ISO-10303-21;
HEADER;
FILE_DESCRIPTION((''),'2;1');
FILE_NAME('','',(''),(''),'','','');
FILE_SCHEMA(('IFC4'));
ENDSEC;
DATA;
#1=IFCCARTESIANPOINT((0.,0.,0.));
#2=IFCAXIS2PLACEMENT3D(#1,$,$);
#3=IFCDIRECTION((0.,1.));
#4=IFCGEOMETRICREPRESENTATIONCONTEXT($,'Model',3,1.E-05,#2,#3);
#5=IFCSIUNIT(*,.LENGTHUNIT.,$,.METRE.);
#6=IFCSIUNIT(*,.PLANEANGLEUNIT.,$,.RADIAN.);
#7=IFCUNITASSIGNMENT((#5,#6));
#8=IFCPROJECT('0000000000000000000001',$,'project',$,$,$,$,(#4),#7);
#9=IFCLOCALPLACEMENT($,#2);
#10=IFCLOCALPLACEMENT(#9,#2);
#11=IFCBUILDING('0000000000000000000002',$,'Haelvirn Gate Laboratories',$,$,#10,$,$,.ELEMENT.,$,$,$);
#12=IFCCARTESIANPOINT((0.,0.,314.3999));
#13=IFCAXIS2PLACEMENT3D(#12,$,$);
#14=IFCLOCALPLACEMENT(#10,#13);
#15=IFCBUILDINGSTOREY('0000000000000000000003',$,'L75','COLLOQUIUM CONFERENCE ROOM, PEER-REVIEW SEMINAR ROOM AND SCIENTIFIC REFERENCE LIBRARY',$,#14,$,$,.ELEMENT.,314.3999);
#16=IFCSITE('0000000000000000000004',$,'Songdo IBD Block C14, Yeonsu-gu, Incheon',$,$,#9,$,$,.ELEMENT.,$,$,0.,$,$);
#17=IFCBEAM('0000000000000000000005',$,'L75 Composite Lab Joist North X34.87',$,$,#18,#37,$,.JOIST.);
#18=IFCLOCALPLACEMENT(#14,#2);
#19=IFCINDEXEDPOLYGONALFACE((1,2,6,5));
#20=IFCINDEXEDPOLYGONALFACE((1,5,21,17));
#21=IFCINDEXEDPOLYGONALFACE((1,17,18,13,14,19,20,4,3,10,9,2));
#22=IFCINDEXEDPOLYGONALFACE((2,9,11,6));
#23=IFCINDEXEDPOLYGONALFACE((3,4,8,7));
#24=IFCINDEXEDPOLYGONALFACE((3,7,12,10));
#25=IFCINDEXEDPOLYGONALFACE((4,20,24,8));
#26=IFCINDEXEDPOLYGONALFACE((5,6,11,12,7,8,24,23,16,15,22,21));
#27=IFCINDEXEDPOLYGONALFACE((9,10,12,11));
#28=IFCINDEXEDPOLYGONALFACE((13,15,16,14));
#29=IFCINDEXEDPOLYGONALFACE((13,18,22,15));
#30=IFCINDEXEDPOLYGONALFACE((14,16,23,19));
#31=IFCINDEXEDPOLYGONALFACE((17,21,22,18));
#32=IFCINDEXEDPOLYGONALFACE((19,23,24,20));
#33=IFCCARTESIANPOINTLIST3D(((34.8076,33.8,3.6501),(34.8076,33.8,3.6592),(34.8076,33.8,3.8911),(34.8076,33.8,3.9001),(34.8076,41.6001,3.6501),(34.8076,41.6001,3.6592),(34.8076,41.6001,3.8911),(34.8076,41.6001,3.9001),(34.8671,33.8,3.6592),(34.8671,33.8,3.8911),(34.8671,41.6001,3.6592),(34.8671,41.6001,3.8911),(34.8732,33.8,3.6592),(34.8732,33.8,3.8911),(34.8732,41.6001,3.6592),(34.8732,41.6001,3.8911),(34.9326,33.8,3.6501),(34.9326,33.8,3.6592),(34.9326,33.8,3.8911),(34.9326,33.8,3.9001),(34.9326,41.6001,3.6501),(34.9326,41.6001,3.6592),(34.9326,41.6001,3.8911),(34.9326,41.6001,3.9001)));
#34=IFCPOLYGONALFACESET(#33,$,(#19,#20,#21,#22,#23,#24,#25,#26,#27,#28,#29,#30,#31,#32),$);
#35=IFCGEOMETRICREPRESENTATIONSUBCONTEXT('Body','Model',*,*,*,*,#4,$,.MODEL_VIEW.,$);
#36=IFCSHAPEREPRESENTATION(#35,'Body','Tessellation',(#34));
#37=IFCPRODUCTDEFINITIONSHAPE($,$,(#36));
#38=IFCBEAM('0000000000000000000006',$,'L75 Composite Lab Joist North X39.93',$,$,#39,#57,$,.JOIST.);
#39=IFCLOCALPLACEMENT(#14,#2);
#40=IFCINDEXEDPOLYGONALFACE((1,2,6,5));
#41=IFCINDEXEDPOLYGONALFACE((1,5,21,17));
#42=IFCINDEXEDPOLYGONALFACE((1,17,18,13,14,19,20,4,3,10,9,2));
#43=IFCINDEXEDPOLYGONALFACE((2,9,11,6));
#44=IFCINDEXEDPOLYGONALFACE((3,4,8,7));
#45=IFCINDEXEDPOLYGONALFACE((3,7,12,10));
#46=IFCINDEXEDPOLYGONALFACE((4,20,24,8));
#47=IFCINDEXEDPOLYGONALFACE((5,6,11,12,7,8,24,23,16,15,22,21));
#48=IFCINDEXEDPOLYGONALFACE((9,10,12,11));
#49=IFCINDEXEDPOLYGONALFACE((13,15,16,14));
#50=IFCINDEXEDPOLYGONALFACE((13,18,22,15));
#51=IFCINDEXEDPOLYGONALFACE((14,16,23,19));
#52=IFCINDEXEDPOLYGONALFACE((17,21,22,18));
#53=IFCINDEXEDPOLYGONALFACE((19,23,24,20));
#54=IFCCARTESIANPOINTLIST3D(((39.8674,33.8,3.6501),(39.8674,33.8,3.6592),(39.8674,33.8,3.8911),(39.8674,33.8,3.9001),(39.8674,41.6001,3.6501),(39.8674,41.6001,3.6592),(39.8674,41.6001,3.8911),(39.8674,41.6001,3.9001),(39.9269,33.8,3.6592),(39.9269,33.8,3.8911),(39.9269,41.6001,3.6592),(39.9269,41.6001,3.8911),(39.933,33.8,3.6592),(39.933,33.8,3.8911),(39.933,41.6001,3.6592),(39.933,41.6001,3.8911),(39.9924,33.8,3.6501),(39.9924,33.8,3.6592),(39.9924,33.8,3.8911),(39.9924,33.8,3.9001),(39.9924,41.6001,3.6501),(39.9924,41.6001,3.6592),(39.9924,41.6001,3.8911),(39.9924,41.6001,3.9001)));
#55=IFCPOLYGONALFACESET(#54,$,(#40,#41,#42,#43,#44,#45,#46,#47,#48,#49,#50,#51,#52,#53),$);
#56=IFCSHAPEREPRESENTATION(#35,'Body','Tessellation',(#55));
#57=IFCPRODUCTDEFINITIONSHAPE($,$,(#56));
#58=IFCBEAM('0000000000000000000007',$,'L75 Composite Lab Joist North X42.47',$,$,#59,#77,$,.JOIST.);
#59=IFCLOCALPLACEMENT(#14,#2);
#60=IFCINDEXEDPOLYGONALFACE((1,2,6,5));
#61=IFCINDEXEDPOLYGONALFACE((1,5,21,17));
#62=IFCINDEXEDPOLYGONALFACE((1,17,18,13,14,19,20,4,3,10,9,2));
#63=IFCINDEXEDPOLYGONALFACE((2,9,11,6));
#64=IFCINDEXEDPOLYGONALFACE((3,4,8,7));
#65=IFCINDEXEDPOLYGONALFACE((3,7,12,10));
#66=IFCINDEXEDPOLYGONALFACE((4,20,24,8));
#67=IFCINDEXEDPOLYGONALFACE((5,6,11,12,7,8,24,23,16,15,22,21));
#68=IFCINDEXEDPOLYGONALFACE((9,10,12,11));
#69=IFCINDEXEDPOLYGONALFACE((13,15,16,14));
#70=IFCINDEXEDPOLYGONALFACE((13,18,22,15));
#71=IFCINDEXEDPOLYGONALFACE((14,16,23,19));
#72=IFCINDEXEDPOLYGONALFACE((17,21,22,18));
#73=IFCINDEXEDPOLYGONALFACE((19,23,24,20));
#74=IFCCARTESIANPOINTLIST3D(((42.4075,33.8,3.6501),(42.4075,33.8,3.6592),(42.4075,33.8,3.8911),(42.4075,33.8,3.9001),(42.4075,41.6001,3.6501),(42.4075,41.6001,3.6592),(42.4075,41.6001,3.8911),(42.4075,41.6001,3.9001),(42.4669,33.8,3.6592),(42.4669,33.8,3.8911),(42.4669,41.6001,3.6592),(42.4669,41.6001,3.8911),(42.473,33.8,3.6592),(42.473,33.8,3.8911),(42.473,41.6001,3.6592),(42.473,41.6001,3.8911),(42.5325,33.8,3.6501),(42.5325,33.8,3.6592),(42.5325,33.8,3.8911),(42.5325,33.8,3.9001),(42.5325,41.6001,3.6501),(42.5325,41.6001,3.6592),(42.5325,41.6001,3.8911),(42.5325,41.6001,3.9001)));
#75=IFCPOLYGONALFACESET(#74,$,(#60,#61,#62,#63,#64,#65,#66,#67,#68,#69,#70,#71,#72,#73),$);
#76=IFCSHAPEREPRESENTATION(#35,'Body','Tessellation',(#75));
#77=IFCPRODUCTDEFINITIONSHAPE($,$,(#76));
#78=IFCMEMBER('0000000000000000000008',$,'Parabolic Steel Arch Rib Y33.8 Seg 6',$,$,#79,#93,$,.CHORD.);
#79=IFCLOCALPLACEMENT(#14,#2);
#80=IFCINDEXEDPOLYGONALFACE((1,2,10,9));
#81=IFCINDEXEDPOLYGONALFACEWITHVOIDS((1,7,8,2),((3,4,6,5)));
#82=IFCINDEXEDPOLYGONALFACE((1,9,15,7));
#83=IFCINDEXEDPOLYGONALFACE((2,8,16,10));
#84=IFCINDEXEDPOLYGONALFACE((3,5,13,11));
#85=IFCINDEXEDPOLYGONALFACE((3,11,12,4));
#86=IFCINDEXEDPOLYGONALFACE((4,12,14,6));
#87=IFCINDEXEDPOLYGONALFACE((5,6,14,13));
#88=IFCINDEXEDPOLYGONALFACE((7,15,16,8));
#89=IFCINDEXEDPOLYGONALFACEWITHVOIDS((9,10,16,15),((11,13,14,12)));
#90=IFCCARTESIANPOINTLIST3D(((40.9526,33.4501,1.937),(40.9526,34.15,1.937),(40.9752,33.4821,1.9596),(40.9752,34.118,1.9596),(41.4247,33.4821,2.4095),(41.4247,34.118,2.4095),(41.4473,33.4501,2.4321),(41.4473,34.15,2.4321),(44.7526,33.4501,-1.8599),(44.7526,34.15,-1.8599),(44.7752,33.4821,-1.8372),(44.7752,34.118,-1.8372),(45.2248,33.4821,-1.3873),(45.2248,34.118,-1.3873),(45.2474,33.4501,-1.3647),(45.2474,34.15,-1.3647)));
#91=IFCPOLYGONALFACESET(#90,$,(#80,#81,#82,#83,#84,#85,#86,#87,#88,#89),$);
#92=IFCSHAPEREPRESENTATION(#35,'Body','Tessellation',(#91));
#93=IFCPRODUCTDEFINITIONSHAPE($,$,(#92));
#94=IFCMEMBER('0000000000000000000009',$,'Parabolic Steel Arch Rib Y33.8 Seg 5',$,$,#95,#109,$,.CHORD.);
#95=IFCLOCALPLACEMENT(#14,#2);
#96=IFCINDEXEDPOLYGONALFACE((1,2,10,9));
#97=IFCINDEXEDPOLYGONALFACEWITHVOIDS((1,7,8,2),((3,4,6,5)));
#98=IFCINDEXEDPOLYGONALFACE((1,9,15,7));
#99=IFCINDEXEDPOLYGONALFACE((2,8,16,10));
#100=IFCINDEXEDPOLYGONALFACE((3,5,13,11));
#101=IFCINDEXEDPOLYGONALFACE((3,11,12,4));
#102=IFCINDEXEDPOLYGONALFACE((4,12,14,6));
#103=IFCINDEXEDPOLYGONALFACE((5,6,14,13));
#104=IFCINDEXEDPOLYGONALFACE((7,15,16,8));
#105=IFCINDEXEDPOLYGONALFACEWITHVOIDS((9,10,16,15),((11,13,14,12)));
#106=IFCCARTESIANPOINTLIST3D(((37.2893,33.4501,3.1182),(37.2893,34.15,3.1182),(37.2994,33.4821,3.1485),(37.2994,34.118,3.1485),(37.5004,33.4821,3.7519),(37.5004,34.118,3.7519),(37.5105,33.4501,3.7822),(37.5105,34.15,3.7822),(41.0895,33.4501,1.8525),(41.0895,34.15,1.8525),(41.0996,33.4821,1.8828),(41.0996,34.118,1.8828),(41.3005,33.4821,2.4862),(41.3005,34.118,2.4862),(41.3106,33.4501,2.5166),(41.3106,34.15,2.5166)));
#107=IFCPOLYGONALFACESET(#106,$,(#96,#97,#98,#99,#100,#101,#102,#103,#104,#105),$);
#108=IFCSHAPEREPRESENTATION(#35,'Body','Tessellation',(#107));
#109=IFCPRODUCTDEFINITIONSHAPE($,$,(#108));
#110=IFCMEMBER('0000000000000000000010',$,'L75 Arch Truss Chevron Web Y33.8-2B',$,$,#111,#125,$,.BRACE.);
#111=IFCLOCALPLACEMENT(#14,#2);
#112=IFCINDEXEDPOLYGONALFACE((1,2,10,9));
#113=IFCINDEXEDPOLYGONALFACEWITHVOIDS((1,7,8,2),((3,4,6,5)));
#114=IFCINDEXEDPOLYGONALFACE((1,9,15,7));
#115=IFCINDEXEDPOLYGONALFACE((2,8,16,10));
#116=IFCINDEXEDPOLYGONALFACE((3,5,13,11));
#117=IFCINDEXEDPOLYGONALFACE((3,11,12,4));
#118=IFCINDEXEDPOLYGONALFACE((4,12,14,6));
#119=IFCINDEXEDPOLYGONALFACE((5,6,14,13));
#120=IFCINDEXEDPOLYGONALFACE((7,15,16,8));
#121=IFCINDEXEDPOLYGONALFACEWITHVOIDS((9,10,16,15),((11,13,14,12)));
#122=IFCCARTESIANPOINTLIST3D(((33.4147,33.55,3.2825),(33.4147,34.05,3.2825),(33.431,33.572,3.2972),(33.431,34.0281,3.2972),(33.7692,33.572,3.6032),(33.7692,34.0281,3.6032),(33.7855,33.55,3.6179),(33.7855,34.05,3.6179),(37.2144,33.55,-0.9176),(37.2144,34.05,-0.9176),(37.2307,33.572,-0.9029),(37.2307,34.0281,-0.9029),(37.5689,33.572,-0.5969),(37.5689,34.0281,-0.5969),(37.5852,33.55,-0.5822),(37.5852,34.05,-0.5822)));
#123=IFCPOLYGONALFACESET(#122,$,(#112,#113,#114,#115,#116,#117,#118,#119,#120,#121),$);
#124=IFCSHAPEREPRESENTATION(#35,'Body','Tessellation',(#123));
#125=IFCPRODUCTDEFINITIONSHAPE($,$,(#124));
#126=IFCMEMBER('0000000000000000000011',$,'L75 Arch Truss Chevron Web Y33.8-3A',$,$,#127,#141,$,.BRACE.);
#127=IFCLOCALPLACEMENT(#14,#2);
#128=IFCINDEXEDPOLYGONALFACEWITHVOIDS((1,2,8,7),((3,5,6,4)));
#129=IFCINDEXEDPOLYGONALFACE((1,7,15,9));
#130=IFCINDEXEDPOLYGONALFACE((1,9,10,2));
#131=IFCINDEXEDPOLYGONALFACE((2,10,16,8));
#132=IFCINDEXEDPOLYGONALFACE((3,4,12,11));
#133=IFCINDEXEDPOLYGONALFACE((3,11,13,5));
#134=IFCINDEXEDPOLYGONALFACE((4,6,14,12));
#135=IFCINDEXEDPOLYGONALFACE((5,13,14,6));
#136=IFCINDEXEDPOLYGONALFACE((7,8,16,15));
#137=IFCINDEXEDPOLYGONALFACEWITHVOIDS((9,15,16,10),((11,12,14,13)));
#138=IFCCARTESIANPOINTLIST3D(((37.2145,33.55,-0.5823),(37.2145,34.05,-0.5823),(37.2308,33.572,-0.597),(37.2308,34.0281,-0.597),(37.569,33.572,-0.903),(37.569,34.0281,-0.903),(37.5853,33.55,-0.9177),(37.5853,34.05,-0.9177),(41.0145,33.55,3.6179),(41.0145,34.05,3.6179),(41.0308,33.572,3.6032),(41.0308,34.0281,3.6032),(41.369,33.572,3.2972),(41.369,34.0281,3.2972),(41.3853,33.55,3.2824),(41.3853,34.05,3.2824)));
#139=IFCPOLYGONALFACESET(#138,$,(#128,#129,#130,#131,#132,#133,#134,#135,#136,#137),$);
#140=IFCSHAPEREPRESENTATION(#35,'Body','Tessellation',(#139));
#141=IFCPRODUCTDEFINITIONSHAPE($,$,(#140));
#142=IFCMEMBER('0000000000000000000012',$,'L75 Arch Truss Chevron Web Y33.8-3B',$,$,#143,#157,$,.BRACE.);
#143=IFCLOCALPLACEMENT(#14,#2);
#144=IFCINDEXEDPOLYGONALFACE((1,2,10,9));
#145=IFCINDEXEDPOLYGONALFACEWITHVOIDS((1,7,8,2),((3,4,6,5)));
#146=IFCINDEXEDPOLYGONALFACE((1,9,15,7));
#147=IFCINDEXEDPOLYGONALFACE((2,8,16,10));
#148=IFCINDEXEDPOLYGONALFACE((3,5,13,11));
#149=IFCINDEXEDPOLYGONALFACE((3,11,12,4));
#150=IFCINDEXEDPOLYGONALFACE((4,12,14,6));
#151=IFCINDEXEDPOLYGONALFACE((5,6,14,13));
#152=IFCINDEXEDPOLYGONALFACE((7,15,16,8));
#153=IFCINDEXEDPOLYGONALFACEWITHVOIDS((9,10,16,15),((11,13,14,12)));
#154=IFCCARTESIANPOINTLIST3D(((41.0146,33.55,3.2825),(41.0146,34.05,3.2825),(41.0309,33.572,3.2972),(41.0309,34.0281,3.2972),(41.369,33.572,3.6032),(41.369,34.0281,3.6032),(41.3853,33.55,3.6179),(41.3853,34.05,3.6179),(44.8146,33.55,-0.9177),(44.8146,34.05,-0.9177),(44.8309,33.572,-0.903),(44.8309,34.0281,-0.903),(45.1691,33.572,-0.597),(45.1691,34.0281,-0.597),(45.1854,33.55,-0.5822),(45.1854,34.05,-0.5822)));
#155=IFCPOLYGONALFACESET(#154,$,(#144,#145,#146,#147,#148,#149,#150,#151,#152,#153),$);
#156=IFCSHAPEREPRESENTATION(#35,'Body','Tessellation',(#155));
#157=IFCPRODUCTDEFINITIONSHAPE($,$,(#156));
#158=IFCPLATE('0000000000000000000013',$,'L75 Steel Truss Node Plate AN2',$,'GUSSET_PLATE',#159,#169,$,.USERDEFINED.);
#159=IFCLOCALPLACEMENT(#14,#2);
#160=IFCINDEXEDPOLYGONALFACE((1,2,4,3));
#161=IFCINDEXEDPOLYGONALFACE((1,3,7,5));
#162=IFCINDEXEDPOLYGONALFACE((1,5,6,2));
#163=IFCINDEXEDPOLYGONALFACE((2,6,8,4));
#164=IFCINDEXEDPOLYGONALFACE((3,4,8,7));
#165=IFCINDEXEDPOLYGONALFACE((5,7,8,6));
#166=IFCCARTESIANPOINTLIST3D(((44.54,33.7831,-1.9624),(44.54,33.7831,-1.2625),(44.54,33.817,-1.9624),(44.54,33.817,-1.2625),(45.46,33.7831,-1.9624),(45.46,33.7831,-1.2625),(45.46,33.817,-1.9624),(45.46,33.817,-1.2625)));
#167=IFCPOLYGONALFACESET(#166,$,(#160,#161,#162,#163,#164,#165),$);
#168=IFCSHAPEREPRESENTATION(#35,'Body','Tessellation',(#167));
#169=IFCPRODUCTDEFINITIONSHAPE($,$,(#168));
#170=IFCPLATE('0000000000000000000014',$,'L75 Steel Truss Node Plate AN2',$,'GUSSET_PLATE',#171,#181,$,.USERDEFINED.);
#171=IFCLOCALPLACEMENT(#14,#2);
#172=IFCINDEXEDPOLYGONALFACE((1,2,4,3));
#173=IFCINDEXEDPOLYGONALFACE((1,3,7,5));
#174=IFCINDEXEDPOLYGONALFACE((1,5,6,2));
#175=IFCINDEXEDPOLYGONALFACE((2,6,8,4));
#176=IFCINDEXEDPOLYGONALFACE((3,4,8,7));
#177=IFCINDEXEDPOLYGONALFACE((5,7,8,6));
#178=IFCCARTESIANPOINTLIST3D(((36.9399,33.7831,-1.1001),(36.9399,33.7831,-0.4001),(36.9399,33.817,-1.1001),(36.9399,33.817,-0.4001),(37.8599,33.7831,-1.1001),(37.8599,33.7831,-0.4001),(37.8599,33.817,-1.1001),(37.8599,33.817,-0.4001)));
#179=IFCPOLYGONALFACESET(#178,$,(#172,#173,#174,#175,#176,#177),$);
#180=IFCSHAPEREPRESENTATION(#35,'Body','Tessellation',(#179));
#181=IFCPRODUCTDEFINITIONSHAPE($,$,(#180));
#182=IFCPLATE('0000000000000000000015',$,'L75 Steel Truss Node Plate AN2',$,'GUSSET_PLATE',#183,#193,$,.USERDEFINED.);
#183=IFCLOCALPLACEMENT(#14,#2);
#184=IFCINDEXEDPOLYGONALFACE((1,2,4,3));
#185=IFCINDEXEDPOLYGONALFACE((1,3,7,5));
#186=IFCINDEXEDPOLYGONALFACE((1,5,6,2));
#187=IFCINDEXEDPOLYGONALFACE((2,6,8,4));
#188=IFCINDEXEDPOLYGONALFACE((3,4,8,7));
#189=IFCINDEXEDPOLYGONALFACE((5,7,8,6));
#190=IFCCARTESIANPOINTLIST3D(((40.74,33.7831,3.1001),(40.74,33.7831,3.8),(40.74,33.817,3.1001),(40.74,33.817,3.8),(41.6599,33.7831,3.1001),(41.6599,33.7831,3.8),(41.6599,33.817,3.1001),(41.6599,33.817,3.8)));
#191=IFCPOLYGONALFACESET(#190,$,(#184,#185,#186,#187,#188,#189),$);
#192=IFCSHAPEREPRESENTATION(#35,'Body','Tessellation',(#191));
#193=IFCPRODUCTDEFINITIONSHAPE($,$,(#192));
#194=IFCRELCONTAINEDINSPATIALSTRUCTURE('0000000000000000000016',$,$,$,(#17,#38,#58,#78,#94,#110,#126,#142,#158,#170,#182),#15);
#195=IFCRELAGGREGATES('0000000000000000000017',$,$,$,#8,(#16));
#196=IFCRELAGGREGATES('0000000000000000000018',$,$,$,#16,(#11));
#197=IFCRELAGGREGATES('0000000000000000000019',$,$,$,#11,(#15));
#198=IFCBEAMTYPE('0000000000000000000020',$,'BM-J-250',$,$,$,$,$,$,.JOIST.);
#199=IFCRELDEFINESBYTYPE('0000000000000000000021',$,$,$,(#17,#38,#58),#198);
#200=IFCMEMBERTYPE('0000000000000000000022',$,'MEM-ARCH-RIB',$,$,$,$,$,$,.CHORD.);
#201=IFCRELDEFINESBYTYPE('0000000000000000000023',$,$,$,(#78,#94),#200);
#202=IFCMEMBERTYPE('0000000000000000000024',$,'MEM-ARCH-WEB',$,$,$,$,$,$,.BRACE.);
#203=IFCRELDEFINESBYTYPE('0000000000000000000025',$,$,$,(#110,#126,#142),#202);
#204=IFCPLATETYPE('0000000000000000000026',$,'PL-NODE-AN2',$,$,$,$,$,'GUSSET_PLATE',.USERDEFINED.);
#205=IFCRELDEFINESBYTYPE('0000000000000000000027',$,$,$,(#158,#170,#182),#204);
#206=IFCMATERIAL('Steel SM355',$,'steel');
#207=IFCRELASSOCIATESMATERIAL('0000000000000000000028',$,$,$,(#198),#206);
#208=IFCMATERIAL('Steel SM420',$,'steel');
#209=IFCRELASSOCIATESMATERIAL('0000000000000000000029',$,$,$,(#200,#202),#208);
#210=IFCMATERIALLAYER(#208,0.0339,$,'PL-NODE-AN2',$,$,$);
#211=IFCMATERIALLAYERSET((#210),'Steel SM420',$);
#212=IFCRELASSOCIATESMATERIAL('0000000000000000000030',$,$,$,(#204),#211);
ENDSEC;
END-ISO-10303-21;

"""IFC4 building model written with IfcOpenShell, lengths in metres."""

from ifc_helpers import new_model, si_unit, direction, frame, origin, origin_2d, place, context, subcontext, project, spatial, rectangle, hollow_rectangle, i_section, extrude, source, transform, mapped, material, layer, layer_set, material_profile, profile_set, type_object, type_shapes, element, save


model = new_model("IFC4")

# Units and contexts
model_context = context("Model", 3, precision=1e-05, world=origin(), true_north=direction((0.0, 1.0)))
body_context = subcontext(model_context, "Body", "Model", "MODEL_VIEW")
ifc_project = project(units=[si_unit("LENGTHUNIT", "METRE"), si_unit("PLANEANGLEUNIT", "RADIAN")], contexts=[model_context])

# Site, building, storey
site_placement = place(None, origin())
site = spatial("IfcSite", under=ifc_project, at=site_placement, Name="Songdo IBD Block C14, Yeonsu-gu, Incheon", CompositionType="ELEMENT", RefElevation=0.0)
building_placement = place(site_placement, origin())
building = spatial("IfcBuilding", under=site, at=building_placement, Name="Haelvirn Gate Laboratories", CompositionType="ELEMENT")
storey_placement = place(building_placement, frame((0.0, 0.0, 314.3999)))
storey = spatial("IfcBuildingStorey", under=building, at=storey_placement, Name="L75", Description="COLLOQUIUM CONFERENCE ROOM, PEER-REVIEW SEMINAR ROOM AND SCIENTIFIC REFERENCE LIBRARY", CompositionType="ELEMENT", Elevation=314.3999)

# Shared definitions
ifc_material_1 = material(Name="Steel SM355", Category="steel")

# Beams
ifc_material_2 = material(Name="Steel SM420", Category="steel")
ifc_material_profile_1 = material_profile(ifc_material_1, i_section(OverallWidth=0.125, OverallDepth=0.25, WebThickness=0.0061, FlangeThickness=0.009, at=origin_2d()), Name="H-250x125x6x9")
ifc_profile_set_1 = profile_set([ifc_material_profile_1], Name="Steel SM355")
beam_type_1 = type_object("IfcBeamType", Name="BM-J-250", PredefinedType="JOIST", material=ifc_profile_set_1)
shared_shape_1 = source(origin(), body_context, "Body", "SweptSolid", [
    extrude(i_section(OverallWidth=0.125, OverallDepth=0.25, WebThickness=0.0061, FlangeThickness=0.009, at=origin_2d()), origin(), (0.0, 0.0, 1.0), 7.8),
])
type_shapes(beam_type_1, [shared_shape_1])
for number, where, z_axis, x_axis, name in (
    (1, (34.8701, 33.8, 3.7751), (0.0, 1.0, 0.0), (-1.0, 0.0, 0.0), "L75 Composite Lab Joist North X34.87"),
    (2, (39.9299, 33.8, 3.7751), (0.0, 1.0, 0.0), (-1.0, 0.0, 0.0), "L75 Composite Lab Joist North X39.93"),
    (3, (42.47, 33.8, 3.7751), (0.0, 1.0, 0.0), (-1.0, 0.0, 0.0), "L75 Composite Lab Joist North X42.47"),
):
    element("IfcBeam", number, at=place(storey_placement, frame(where, z_axis=z_axis, x_axis=x_axis)), inside=storey, type_object=beam_type_1, Name=name, PredefinedType="JOIST", context=body_context, shape_type="MappedRepresentation", body=[
        mapped(shared_shape_1, transform((0.0, 0.0, 0.0), scale=1.0)),
    ])

# Members
ifc_material_profile_2 = material_profile(ifc_material_2, hollow_rectangle(XDim=0.7, YDim=0.7, WallThickness=0.032, at=origin_2d()), Name="BOX-700x700x32")
ifc_profile_set_2 = profile_set([ifc_material_profile_2], Name="Steel SM420")
member_type_1 = type_object("IfcMemberType", Name="MEM-ARCH-RIB", PredefinedType="CHORD", material=ifc_profile_set_2)
shared_shape_2 = source(origin(), body_context, "Body", "SweptSolid", [
    extrude(hollow_rectangle(XDim=0.7, YDim=0.7, WallThickness=0.032, at=origin_2d()), origin(), (0.0, 0.0, 1.0), 5.3718),
])
member_1_placement = place(storey_placement, frame((41.2, 33.8, 2.1846), z_axis=(0.707402, 0.0, -0.706811), x_axis=(0.0, 1.0, 0.0)))
element("IfcMember", 4, at=member_1_placement, inside=storey, type_object=member_type_1, Name="Parabolic Steel Arch Rib Y33.8 Seg 6", PredefinedType="CHORD", context=body_context, shape_type="MappedRepresentation", body=[
    mapped(shared_shape_2, transform((0.0, 0.0, 0.0), scale=1.0)),
])
shared_shape_3 = source(origin(), body_context, "Body", "SweptSolid", [
    extrude(hollow_rectangle(XDim=0.7, YDim=0.7, WallThickness=0.032, at=origin_2d()), origin(), (0.0, 0.0, 1.0), 4.0054),
])
type_shapes(member_type_1, [shared_shape_2, shared_shape_3])
member_2_placement = place(storey_placement, frame((37.3999, 33.8, 3.4502), z_axis=(0.948763, 0.0, -0.31599), x_axis=(0.0, 1.0, 0.0)))
element("IfcMember", 5, at=member_2_placement, inside=storey, type_object=member_type_1, Name="Parabolic Steel Arch Rib Y33.8 Seg 5", PredefinedType="CHORD", context=body_context, shape_type="MappedRepresentation", body=[
    mapped(shared_shape_3, transform((0.0, 0.0, 0.0), scale=1.0)),
])
ifc_material_profile_3 = material_profile(ifc_material_2, hollow_rectangle(XDim=0.5, YDim=0.5, WallThickness=0.022, at=origin_2d()), Name="BOX-500x500x22")
ifc_profile_set_3 = profile_set([ifc_material_profile_3], Name="Steel SM420")
member_type_2 = type_object("IfcMemberType", Name="MEM-ARCH-WEB", PredefinedType="BRACE", material=ifc_profile_set_3)
shared_shape_4 = source(origin(), body_context, "Body", "SweptSolid", [
    extrude(hollow_rectangle(XDim=0.5, YDim=0.5, WallThickness=0.022, at=origin_2d()), origin(), (0.0, 0.0, 1.0), 5.6638),
])
member_3_placement = place(storey_placement, frame((33.6001, 33.8, 3.4502), z_axis=(0.670877, 0.0, -0.741568), x_axis=(0.0, 1.0, 0.0)))
element("IfcMember", 6, at=member_3_placement, inside=storey, type_object=member_type_2, Name="L75 Arch Truss Chevron Web Y33.8-2B", PredefinedType="BRACE", context=body_context, shape_type="MappedRepresentation", body=[
    mapped(shared_shape_4, transform((0.0, 0.0, 0.0), scale=1.0)),
])
shared_shape_5 = source(origin(), body_context, "Body", "SweptSolid", [
    extrude(hollow_rectangle(XDim=0.5, YDim=0.5, WallThickness=0.022, at=origin_2d()), origin(), (0.0, 0.0, 1.0), 5.6641),
])
type_shapes(member_type_2, [shared_shape_4, shared_shape_5])
for number, where, z_axis, x_axis, name in (
    (7, (37.3999, 33.8, -0.75), (0.670901, 0.0, 0.741547), (0.0, 1.0, 0.0), "L75 Arch Truss Chevron Web Y33.8-3A"),
    (8, (41.2, 33.8, 3.4502), (0.670901, 0.0, -0.741547), (0.0, 1.0, 0.0), "L75 Arch Truss Chevron Web Y33.8-3B"),
):
    element("IfcMember", number, at=place(storey_placement, frame(where, z_axis=z_axis, x_axis=x_axis)), inside=storey, type_object=member_type_2, Name=name, PredefinedType="BRACE", context=body_context, shape_type="MappedRepresentation", body=[
        mapped(shared_shape_5, transform((0.0, 0.0, 0.0), scale=1.0)),
    ])

# Plates
ifc_layer_1 = layer(ifc_material_2, 0.0339, Name="PL-NODE-AN2")
ifc_layer_set_1 = layer_set([ifc_layer_1], Name="Steel SM420")
plate_type_1 = type_object("IfcPlateType", Name="PL-NODE-AN2", ElementType="GUSSET_PLATE", PredefinedType="USERDEFINED", material=ifc_layer_set_1)
shared_shape_6 = source(origin(), body_context, "Body", "SweptSolid", [
    extrude(rectangle(XDim=0.9199, YDim=0.0339, at=origin_2d()), origin(), (0.0, 0.0, 1.0), 0.7),
])
type_shapes(plate_type_1, [shared_shape_6])
for number, where, z_axis, x_axis, name in (
    (9, (45.0, 33.8, -1.9624), (0.0, 0.0, 1.0), (1.0, 0.0, 0.0), "L75 Steel Truss Node Plate AN2"),
    (10, (37.3999, 33.8, -1.1001), (0.0, 0.0, 1.0), (1.0, 0.0, 0.0), "L75 Steel Truss Node Plate AN2"),
    (11, (41.2, 33.8, 3.1001), (0.0, 0.0, 1.0), (1.0, 0.0, 0.0), "L75 Steel Truss Node Plate AN2"),
):
    element("IfcPlate", number, at=place(storey_placement, frame(where, z_axis=z_axis, x_axis=x_axis)), inside=storey, type_object=plate_type_1, Name=name, ObjectType="GUSSET_PLATE", PredefinedType="USERDEFINED", context=body_context, shape_type="MappedRepresentation", body=[
        mapped(shared_shape_6, transform((0.0, 0.0, 0.0), scale=1.0)),
    ])

save(model, "model.ifc")
